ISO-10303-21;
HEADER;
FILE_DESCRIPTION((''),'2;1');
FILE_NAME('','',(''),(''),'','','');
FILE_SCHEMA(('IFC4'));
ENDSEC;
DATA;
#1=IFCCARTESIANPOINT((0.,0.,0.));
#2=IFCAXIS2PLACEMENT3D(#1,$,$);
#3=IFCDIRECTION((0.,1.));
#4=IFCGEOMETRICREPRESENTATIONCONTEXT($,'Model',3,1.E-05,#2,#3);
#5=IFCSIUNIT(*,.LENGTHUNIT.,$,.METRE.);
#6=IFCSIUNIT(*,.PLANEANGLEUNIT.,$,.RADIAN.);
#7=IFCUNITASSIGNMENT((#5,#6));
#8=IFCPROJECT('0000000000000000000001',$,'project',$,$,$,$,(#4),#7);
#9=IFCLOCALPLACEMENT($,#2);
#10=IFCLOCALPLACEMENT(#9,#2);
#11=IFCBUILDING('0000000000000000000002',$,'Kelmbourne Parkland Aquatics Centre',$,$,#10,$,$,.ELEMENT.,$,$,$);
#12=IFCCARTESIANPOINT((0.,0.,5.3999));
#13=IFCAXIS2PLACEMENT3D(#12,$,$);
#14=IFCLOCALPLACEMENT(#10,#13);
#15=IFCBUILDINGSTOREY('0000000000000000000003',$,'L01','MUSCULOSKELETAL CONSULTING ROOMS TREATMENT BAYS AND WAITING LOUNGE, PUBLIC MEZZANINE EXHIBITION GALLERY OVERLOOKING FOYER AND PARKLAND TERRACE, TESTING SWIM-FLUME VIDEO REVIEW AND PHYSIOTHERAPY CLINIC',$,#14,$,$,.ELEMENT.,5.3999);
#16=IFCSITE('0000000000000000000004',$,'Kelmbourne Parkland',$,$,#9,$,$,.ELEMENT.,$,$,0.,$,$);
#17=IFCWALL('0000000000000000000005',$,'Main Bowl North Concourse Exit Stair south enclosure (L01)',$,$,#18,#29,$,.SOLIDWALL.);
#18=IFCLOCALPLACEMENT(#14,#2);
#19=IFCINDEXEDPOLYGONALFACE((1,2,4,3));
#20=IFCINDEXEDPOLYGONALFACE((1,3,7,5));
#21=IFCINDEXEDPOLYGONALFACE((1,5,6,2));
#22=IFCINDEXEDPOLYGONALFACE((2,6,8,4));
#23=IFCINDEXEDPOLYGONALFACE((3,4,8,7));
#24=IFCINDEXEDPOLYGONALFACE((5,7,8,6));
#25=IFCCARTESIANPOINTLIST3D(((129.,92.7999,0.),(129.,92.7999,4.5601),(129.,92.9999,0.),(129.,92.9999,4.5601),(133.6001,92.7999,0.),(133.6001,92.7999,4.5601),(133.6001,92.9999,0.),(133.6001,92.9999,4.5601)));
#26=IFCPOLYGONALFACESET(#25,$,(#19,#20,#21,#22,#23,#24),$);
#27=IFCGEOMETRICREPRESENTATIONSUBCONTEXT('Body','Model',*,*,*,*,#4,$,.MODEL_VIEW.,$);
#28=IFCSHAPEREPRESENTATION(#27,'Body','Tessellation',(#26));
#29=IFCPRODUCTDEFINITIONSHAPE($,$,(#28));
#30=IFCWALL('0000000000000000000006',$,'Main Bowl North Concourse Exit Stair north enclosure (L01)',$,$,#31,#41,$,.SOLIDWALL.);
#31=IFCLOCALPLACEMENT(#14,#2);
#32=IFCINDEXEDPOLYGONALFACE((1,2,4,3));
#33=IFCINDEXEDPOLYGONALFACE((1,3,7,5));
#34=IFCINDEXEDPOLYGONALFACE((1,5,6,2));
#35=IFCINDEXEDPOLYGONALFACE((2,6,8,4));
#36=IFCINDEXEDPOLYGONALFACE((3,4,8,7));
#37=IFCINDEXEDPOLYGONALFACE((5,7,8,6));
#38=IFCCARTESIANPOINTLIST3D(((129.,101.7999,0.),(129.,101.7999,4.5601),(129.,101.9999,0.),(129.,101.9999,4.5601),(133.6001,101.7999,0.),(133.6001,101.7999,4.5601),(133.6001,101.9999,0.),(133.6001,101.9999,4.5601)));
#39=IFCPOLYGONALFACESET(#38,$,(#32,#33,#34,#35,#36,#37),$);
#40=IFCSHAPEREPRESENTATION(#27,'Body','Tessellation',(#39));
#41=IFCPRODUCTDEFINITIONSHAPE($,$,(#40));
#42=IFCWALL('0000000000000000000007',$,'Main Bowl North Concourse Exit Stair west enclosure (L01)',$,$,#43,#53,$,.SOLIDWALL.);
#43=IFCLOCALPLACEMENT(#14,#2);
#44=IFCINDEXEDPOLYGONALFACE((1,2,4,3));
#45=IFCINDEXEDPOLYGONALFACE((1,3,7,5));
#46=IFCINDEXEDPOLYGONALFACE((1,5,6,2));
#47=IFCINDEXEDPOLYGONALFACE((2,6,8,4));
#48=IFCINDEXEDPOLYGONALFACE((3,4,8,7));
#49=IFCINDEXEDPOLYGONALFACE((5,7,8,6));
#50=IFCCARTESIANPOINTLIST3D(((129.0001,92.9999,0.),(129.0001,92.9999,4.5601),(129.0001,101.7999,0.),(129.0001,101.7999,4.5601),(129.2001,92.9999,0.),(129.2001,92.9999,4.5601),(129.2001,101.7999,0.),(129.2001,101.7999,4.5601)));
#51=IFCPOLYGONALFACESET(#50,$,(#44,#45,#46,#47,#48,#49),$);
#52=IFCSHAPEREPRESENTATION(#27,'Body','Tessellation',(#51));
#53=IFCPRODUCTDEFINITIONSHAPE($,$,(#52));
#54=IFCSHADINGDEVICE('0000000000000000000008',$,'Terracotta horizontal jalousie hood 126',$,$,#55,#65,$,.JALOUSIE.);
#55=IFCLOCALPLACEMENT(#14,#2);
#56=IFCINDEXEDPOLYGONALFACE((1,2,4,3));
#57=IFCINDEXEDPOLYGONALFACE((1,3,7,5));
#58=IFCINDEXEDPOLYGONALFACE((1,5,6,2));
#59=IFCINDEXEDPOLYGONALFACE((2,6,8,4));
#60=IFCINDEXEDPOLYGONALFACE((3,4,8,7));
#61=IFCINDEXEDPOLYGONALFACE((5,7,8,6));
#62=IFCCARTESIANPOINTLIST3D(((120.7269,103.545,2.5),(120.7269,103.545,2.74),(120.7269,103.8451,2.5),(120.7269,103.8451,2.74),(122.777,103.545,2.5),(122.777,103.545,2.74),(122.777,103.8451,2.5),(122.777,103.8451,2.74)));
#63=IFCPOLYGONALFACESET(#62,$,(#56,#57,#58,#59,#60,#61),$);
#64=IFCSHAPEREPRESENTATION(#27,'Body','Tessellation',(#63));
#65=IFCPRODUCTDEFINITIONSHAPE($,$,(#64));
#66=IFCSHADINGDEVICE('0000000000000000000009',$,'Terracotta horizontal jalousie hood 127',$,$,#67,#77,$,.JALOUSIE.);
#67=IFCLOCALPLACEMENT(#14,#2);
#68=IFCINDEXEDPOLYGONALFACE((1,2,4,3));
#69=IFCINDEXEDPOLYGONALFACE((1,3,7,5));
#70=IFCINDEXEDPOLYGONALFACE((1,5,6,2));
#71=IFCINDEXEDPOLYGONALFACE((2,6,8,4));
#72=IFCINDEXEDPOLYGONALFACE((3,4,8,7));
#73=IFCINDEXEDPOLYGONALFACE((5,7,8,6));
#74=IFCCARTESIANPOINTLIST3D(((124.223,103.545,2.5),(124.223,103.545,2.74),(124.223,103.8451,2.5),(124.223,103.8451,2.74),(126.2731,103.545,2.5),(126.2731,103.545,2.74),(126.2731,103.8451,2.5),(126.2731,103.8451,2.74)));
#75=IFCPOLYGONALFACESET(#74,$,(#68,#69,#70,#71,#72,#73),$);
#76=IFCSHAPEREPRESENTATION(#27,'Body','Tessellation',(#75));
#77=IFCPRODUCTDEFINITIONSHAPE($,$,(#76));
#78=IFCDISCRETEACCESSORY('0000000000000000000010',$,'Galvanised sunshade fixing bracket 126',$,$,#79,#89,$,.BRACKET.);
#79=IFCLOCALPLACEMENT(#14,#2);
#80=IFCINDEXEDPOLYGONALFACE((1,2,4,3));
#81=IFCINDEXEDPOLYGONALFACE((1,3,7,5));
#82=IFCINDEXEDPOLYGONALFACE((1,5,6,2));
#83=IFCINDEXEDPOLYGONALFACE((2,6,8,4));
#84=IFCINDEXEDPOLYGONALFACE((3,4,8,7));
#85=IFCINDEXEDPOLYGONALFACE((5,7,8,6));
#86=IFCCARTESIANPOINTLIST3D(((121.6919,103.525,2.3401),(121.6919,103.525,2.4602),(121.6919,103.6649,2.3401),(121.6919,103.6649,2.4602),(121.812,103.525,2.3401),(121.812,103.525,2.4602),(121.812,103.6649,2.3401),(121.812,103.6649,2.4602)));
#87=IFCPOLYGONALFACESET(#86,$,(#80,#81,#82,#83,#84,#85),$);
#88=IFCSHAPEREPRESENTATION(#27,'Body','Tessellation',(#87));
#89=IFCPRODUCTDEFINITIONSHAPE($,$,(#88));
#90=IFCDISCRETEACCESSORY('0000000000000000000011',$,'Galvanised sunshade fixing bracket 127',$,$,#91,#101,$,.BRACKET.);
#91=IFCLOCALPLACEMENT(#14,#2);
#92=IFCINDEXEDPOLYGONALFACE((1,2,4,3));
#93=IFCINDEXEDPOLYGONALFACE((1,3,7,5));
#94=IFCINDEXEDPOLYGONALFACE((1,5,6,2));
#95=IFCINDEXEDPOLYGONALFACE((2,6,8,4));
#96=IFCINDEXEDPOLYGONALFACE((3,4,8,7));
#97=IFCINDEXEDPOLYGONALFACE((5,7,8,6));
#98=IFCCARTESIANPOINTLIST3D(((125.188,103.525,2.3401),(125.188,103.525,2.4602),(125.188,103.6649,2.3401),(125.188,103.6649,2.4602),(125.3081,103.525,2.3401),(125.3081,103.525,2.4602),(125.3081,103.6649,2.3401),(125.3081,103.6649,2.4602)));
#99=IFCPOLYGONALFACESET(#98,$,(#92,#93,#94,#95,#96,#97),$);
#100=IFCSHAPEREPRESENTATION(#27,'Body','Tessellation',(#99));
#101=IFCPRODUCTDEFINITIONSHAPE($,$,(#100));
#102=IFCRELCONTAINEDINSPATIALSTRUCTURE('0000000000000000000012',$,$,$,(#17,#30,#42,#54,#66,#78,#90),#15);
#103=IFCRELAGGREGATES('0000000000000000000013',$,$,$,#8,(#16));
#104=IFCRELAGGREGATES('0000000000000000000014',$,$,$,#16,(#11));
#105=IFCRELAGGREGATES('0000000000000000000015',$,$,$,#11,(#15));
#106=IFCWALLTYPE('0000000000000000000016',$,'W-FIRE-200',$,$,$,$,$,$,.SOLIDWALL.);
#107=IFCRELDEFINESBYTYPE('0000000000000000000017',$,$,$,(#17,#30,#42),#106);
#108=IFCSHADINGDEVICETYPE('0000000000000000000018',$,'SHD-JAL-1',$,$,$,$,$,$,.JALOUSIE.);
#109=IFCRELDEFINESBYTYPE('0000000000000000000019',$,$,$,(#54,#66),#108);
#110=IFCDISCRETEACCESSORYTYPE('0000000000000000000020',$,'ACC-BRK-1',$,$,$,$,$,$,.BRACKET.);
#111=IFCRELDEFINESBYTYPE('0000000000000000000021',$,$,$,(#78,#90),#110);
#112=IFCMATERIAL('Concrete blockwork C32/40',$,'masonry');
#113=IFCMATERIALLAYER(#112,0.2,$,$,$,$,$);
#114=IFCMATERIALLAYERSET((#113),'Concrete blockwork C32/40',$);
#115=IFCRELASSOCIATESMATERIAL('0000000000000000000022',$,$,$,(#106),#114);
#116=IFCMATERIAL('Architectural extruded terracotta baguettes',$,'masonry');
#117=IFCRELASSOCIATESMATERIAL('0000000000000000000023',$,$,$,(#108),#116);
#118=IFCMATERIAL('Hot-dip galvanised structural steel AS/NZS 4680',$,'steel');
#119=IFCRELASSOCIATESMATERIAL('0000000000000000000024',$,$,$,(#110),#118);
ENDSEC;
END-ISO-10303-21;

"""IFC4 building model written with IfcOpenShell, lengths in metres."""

from ifc_helpers import new_model, si_unit, direction, frame, frame_2d, origin, origin_2d, place, context, subcontext, project, spatial, rectangle, extrude, material, layer, layer_set, type_object, element, save


model = new_model("IFC4")

# Units and contexts
model_context = context("Model", 3, precision=1e-05, world=origin(), true_north=direction((0.0, 1.0)))
body_context = subcontext(model_context, "Body", "Model", "MODEL_VIEW")
ifc_project = project(units=[si_unit("LENGTHUNIT", "METRE"), si_unit("PLANEANGLEUNIT", "RADIAN")], contexts=[model_context])

# Site, building, storey
site_placement = place(None, origin())
site = spatial("IfcSite", under=ifc_project, at=site_placement, Name="Kelmbourne Parkland", CompositionType="ELEMENT", RefElevation=0.0)
building_placement = place(site_placement, origin())
building = spatial("IfcBuilding", under=site, at=building_placement, Name="Kelmbourne Parkland Aquatics Centre", CompositionType="ELEMENT")
storey_placement = place(building_placement, frame((0.0, 0.0, 5.3999)))
storey = spatial("IfcBuildingStorey", under=building, at=storey_placement, Name="L01", Description="MUSCULOSKELETAL CONSULTING ROOMS TREATMENT BAYS AND WAITING LOUNGE, PUBLIC MEZZANINE EXHIBITION GALLERY OVERLOOKING FOYER AND PARKLAND TERRACE, TESTING SWIM-FLUME VIDEO REVIEW AND PHYSIOTHERAPY CLINIC", CompositionType="ELEMENT", Elevation=5.3999)

# Walls
ifc_material_1 = material(Name="Concrete blockwork C32/40", Category="masonry")
ifc_layer_1 = layer(ifc_material_1, 0.2)
ifc_layer_set_1 = layer_set([ifc_layer_1], Name="Concrete blockwork C32/40")
wall_type_1 = type_object("IfcWallType", Name="W-FIRE-200", PredefinedType="SOLIDWALL", material=ifc_layer_set_1)
for number, where, z_axis, x_axis, name in (
    (1, (129.0, 92.8999, 0.0), (0.0, 0.0, 1.0), (1.0, 0.0, 0.0), "Main Bowl North Concourse Exit Stair south enclosure (L01)"),
    (2, (129.0, 101.8999, 0.0), (0.0, 0.0, 1.0), (1.0, 0.0, 0.0), "Main Bowl North Concourse Exit Stair north enclosure (L01)"),
):
    element("IfcWall", number, at=place(storey_placement, frame(where, z_axis=z_axis, x_axis=x_axis)), inside=storey, type_object=wall_type_1, Name=name, PredefinedType="SOLIDWALL", context=body_context, shape_type="SweptSolid", body=[
        extrude(rectangle(XDim=4.6001, YDim=0.2, at=frame_2d((2.3, 0.0))), origin(), (0.0, 0.0, 1.0), 4.5601),
    ])
wall_1_placement = place(storey_placement, frame((129.1001, 93.0, 0.0), z_axis=(0.0, 0.0, 1.0), x_axis=(0.0, 1.0, 0.0)))
element("IfcWall", 3, at=wall_1_placement, inside=storey, type_object=wall_type_1, Name="Main Bowl North Concourse Exit Stair west enclosure (L01)", PredefinedType="SOLIDWALL", context=body_context, shape_type="SweptSolid", body=[
    extrude(rectangle(XDim=8.8, YDim=0.2, at=frame_2d((4.3999, 0.0))), origin(), (0.0, 0.0, 1.0), 4.5601),
])

# Shading devices
ifc_material_2 = material(Name="Architectural extruded terracotta baguettes", Category="masonry")
shading_device_type = type_object("IfcShadingDeviceType", Name="SHD-JAL-1", PredefinedType="JALOUSIE", material=ifc_material_2)
for number, where, z_axis, x_axis, name in (
    (4, (121.752, 103.6951, 2.5), (0.0, 0.0, 1.0), (1.0, 0.0, 0.0), "Terracotta horizontal jalousie hood 126"),
    (5, (125.248, 103.6951, 2.5), (0.0, 0.0, 1.0), (1.0, 0.0, 0.0), "Terracotta horizontal jalousie hood 127"),
):
    element("IfcShadingDevice", number, at=place(storey_placement, frame(where, z_axis=z_axis, x_axis=x_axis)), inside=storey, type_object=shading_device_type, Name=name, PredefinedType="JALOUSIE", context=body_context, shape_type="SweptSolid", body=[
        extrude(rectangle(XDim=2.05, YDim=0.3, at=origin_2d()), origin(), (0.0, 0.0, 1.0), 0.24),
    ])

# Discrete accessories
ifc_material_3 = material(Name="Hot-dip galvanised structural steel AS/NZS 4680", Category="steel")
discrete_accessory_type = type_object("IfcDiscreteAccessoryType", Name="ACC-BRK-1", PredefinedType="BRACKET", material=ifc_material_3)
for number, where, z_axis, x_axis, name in (
    (6, (121.752, 103.595, 2.3401), (0.0, 0.0, 1.0), (1.0, 0.0, 0.0), "Galvanised sunshade fixing bracket 126"),
    (7, (125.248, 103.595, 2.3401), (0.0, 0.0, 1.0), (1.0, 0.0, 0.0), "Galvanised sunshade fixing bracket 127"),
):
    element("IfcDiscreteAccessory", number, at=place(storey_placement, frame(where, z_axis=z_axis, x_axis=x_axis)), inside=storey, type_object=discrete_accessory_type, Name=name, PredefinedType="BRACKET", context=body_context, shape_type="SweptSolid", body=[
        extrude(rectangle(XDim=0.1201, YDim=0.1399, at=origin_2d()), origin(), (0.0, 0.0, 1.0), 0.1201),
    ])

save(model, "model.ifc")
